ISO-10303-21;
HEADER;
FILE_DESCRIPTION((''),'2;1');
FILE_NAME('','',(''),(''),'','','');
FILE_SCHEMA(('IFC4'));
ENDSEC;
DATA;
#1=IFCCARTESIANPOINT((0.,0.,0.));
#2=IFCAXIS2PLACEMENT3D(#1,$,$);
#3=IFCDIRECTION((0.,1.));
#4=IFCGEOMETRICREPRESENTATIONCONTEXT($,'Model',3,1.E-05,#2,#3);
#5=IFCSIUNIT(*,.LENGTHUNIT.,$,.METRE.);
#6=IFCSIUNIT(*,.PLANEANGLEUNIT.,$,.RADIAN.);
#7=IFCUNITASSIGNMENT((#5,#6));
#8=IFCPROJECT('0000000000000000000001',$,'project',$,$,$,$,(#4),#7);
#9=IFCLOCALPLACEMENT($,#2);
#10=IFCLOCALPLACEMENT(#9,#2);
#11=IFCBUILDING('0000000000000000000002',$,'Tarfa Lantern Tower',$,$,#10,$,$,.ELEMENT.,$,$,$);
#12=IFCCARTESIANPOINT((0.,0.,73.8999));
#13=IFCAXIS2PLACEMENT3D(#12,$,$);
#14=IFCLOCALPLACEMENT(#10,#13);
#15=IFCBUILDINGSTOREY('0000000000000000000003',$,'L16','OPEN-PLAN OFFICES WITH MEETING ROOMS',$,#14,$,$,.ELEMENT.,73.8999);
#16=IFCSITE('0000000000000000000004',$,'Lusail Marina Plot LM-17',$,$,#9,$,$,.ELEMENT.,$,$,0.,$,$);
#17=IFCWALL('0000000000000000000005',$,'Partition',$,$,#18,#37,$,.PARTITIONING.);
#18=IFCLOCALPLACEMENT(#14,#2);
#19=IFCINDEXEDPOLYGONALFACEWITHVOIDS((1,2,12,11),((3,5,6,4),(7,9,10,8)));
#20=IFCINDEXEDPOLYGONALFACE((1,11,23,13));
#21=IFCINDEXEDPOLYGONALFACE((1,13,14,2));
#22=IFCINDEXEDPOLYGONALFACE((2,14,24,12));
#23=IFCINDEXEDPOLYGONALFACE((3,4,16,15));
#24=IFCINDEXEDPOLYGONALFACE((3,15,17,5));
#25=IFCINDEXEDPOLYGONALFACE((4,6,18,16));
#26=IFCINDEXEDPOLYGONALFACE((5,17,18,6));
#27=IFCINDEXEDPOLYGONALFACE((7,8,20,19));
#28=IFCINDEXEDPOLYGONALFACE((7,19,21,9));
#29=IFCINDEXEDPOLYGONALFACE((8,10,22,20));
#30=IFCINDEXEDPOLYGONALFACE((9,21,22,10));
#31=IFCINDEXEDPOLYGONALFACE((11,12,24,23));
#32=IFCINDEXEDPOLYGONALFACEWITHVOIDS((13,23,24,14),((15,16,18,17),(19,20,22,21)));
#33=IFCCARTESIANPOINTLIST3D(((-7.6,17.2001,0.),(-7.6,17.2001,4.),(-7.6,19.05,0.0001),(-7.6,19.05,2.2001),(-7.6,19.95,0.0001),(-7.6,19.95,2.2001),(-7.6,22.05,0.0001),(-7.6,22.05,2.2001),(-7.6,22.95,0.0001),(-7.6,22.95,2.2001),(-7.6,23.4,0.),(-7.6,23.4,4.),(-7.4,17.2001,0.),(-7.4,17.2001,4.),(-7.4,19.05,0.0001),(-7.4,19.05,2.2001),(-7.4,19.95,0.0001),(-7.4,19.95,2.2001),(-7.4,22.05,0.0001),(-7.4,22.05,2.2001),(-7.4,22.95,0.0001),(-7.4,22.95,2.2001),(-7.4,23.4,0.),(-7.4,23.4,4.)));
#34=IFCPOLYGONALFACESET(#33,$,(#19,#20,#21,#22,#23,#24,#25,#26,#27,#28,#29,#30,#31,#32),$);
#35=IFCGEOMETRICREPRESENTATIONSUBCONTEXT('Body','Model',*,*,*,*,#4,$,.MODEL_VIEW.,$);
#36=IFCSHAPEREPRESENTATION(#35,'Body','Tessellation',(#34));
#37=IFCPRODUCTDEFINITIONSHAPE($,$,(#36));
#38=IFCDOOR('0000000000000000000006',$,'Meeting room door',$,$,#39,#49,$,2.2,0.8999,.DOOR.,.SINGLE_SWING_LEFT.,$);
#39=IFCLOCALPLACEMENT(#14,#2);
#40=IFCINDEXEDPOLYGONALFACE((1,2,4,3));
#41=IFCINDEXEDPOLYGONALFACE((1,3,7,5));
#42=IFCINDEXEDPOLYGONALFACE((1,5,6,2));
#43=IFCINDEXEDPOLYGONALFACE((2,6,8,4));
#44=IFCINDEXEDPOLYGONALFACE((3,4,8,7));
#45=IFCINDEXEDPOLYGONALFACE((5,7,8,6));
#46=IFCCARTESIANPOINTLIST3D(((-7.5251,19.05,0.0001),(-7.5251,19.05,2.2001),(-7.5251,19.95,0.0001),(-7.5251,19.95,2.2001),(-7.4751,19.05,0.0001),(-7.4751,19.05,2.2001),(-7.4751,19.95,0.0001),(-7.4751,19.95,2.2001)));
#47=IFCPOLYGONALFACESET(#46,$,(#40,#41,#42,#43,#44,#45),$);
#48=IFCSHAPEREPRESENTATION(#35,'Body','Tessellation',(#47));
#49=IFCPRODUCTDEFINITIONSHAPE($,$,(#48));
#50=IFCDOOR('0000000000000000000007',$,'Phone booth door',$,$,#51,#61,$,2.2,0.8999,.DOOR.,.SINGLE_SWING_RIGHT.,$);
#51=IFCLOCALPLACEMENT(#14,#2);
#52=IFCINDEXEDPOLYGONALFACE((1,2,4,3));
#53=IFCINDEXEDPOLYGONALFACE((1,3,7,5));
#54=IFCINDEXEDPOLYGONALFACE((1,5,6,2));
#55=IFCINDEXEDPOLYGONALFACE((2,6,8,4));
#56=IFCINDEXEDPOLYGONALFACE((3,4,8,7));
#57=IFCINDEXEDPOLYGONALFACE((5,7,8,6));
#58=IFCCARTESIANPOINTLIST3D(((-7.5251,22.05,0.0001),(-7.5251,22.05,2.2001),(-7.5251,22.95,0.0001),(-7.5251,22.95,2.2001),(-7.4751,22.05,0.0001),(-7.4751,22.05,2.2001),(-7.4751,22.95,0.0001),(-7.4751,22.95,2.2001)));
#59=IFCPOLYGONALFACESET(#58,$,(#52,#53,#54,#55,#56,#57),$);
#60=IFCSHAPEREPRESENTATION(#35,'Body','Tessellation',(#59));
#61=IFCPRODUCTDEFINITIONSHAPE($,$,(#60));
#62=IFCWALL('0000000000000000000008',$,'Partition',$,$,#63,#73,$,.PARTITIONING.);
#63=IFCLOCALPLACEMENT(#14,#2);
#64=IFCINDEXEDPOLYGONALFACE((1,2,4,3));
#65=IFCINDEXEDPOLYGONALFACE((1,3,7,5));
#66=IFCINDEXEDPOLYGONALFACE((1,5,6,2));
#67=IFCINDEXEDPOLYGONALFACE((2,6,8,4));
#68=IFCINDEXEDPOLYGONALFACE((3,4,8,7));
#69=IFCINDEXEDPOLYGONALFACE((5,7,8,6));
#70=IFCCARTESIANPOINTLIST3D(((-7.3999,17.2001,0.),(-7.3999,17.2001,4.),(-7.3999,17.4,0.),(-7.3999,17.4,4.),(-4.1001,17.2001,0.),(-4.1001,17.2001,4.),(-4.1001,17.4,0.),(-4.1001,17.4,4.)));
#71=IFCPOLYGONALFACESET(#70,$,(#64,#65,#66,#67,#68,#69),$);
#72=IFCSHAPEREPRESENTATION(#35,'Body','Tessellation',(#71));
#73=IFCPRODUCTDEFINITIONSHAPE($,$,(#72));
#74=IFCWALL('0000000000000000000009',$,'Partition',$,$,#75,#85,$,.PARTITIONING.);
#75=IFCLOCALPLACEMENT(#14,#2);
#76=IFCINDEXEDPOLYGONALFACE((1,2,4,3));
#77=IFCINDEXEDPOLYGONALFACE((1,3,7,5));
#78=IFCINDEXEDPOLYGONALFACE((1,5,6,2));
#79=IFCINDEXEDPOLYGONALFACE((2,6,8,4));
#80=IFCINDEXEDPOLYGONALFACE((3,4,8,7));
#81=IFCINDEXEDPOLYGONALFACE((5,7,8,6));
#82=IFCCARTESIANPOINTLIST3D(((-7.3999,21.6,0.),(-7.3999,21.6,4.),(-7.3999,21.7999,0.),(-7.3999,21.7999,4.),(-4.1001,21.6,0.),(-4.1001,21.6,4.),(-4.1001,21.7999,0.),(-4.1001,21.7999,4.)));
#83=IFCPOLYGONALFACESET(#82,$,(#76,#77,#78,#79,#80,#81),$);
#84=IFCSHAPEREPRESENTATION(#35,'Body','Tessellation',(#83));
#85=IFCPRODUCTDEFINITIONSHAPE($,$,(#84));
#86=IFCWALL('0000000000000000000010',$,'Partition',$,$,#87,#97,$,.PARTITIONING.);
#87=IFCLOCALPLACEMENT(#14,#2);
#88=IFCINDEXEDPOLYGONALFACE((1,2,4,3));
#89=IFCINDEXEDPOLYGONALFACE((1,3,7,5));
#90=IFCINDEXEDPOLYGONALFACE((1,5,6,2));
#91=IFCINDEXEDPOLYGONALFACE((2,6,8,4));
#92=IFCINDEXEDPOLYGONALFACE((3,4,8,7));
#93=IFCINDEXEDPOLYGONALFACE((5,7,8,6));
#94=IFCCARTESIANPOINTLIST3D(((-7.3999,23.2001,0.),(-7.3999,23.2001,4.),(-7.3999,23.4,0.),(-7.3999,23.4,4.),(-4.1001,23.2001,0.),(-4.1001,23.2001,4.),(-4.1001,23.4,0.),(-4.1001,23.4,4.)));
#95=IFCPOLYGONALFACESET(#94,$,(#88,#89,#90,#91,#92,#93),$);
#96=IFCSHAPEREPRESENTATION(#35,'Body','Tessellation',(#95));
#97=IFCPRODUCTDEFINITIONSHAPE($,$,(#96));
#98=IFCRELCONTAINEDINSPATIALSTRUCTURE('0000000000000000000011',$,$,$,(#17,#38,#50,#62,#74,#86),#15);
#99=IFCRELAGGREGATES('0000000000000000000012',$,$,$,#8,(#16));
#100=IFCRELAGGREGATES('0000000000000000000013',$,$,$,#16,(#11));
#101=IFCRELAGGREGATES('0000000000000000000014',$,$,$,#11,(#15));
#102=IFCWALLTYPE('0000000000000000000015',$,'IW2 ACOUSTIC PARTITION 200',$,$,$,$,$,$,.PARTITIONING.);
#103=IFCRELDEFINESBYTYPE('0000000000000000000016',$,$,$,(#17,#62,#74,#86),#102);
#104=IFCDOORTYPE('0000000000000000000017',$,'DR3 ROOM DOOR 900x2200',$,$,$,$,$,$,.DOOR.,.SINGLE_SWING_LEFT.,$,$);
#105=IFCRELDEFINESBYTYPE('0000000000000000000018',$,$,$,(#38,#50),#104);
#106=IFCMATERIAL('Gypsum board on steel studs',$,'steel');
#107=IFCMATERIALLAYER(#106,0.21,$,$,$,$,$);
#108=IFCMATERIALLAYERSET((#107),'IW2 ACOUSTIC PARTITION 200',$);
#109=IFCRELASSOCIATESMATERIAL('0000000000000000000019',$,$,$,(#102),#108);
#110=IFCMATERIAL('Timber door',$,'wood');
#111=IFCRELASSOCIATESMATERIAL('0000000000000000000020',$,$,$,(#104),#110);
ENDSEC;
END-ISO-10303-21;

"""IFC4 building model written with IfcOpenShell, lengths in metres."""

from ifc_helpers import new_model, si_unit, direction, frame, frame_2d, origin, place, context, subcontext, project, spatial, rectangle, extrude, material, layer, layer_set, type_object, element, fill, save


model = new_model("IFC4")

# Units and contexts
model_context = context("Model", 3, precision=1e-05, world=origin(), true_north=direction((0.0, 1.0)))
body_context = subcontext(model_context, "Body", "Model", "MODEL_VIEW")
ifc_project = project(units=[si_unit("LENGTHUNIT", "METRE"), si_unit("PLANEANGLEUNIT", "RADIAN")], contexts=[model_context])

# Site, building, storey
site_placement = place(None, origin())
site = spatial("IfcSite", under=ifc_project, at=site_placement, Name="Lusail Marina Plot LM-17", CompositionType="ELEMENT", RefElevation=0.0)
building_placement = place(site_placement, origin())
building = spatial("IfcBuilding", under=site, at=building_placement, Name="Tarfa Lantern Tower", CompositionType="ELEMENT")
storey_placement = place(building_placement, frame((0.0, 0.0, 73.8999)))
storey = spatial("IfcBuildingStorey", under=building, at=storey_placement, Name="L16", Description="OPEN-PLAN OFFICES WITH MEETING ROOMS", CompositionType="ELEMENT", Elevation=73.8999)

# Shared definitions
ifc_material_1 = material(Name="Gypsum board on steel studs", Category="steel")
ifc_layer_1 = layer(ifc_material_1, 0.21)
ifc_layer_set_1 = layer_set([ifc_layer_1], Name="IW2 ACOUSTIC PARTITION 200")
wall_type = type_object("IfcWallType", Name="IW2 ACOUSTIC PARTITION 200", PredefinedType="PARTITIONING", material=ifc_layer_set_1)
ifc_material_2 = material(Name="Timber door", Category="wood")

# Wall, openings, doors
wall_1_placement = place(storey_placement, frame((-7.5, 17.2, 0.0), z_axis=(0.0, 0.0, 1.0), x_axis=(0.0, 1.0, 0.0)))
wall_1 = element("IfcWall", 1, at=wall_1_placement, inside=storey, type_object=wall_type, Name="Partition", PredefinedType="PARTITIONING", context=body_context, shape_type="SweptSolid", body=[
    extrude(rectangle(XDim=6.2, YDim=0.2, at=frame_2d((3.1001, 0.0))), origin(), (0.0, 0.0, 1.0), 4.0),
])
opening_1_placement = place(wall_1_placement, frame((1.8501, 0.0, 0.0)))
opening_1 = element("IfcOpeningElement", 2, at=opening_1_placement, cuts=wall_1, PredefinedType="OPENING", context=body_context, shape_type="SweptSolid", body=[
    extrude(rectangle(XDim=0.8999, YDim=2.2, at=frame_2d((0.45, 1.1001))), frame((0.0, 0.1099, 0.0), z_axis=(0.0, -1.0, 0.0), x_axis=(1.0, 0.0, 0.0)), (0.0, 0.0, 1.0), 0.22),
])
opening_2_placement = place(wall_1_placement, frame((4.8501, 0.0, 0.0)))
opening_2 = element("IfcOpeningElement", 3, at=opening_2_placement, cuts=wall_1, PredefinedType="OPENING", context=body_context, shape_type="SweptSolid", body=[
    extrude(rectangle(XDim=0.8999, YDim=2.2, at=frame_2d((0.45, 1.1001))), frame((0.0, 0.1099, 0.0), z_axis=(0.0, -1.0, 0.0), x_axis=(1.0, 0.0, 0.0)), (0.0, 0.0, 1.0), 0.22),
])
door_type_1 = type_object("IfcDoorType", Name="DR3 ROOM DOOR 900x2200", OperationType="SINGLE_SWING_LEFT", PredefinedType="DOOR", material=ifc_material_2)
door_1_placement = place(opening_1_placement, frame((0.8999, 0.0, 0.0), z_axis=(0.0, 0.0, 1.0), x_axis=(-1.0, 0.0, 0.0)))
door_1 = element("IfcDoor", 4, at=door_1_placement, inside=storey, type_object=door_type_1, Name="Meeting room door", OperationType="SINGLE_SWING_LEFT", OverallHeight=2.2, OverallWidth=0.8999, PredefinedType="DOOR", context=body_context, shape_type="SweptSolid", body=[
    extrude(rectangle(XDim=0.8999, YDim=2.2, at=frame_2d((0.45, 1.1001))), frame((0.0, 0.0249, 0.0), z_axis=(0.0, -1.0, 0.0), x_axis=(1.0, 0.0, 0.0)), (0.0, 0.0, 1.0), 0.05),
])
fill(opening_1, door_1)
door_2_placement = place(opening_2_placement, frame((0.8999, 0.0, 0.0), z_axis=(0.0, 0.0, 1.0), x_axis=(-1.0, 0.0, 0.0)))
door_2 = element("IfcDoor", 5, at=door_2_placement, inside=storey, type_object=door_type_1, Name="Phone booth door", OperationType="SINGLE_SWING_RIGHT", OverallHeight=2.2, OverallWidth=0.8999, PredefinedType="DOOR", context=body_context, shape_type="SweptSolid", body=[
    extrude(rectangle(XDim=0.8999, YDim=2.2, at=frame_2d((0.45, 1.1001))), frame((0.0, 0.0249, 0.0), z_axis=(0.0, -1.0, 0.0), x_axis=(1.0, 0.0, 0.0)), (0.0, 0.0, 1.0), 0.05),
])
fill(opening_2, door_2)

# Walls
for number, where, z_axis, x_axis, name in (
    (6, (-4.1001, 17.3, 0.0), (0.0, 0.0, 1.0), (-1.0, 0.0, 0.0), "Partition"),
    (7, (-4.1001, 21.7, 0.0), (0.0, 0.0, 1.0), (-1.0, 0.0, 0.0), "Partition"),
    (8, (-4.1001, 23.3, 0.0), (0.0, 0.0, 1.0), (-1.0, 0.0, 0.0), "Partition"),
):
    element("IfcWall", number, at=place(storey_placement, frame(where, z_axis=z_axis, x_axis=x_axis)), inside=storey, type_object=wall_type, Name=name, PredefinedType="PARTITIONING", context=body_context, shape_type="SweptSolid", body=[
        extrude(rectangle(XDim=3.2998, YDim=0.2, at=frame_2d((1.6499, 0.0))), origin(), (0.0, 0.0, 1.0), 4.0),
    ])

save(model, "model.ifc")
